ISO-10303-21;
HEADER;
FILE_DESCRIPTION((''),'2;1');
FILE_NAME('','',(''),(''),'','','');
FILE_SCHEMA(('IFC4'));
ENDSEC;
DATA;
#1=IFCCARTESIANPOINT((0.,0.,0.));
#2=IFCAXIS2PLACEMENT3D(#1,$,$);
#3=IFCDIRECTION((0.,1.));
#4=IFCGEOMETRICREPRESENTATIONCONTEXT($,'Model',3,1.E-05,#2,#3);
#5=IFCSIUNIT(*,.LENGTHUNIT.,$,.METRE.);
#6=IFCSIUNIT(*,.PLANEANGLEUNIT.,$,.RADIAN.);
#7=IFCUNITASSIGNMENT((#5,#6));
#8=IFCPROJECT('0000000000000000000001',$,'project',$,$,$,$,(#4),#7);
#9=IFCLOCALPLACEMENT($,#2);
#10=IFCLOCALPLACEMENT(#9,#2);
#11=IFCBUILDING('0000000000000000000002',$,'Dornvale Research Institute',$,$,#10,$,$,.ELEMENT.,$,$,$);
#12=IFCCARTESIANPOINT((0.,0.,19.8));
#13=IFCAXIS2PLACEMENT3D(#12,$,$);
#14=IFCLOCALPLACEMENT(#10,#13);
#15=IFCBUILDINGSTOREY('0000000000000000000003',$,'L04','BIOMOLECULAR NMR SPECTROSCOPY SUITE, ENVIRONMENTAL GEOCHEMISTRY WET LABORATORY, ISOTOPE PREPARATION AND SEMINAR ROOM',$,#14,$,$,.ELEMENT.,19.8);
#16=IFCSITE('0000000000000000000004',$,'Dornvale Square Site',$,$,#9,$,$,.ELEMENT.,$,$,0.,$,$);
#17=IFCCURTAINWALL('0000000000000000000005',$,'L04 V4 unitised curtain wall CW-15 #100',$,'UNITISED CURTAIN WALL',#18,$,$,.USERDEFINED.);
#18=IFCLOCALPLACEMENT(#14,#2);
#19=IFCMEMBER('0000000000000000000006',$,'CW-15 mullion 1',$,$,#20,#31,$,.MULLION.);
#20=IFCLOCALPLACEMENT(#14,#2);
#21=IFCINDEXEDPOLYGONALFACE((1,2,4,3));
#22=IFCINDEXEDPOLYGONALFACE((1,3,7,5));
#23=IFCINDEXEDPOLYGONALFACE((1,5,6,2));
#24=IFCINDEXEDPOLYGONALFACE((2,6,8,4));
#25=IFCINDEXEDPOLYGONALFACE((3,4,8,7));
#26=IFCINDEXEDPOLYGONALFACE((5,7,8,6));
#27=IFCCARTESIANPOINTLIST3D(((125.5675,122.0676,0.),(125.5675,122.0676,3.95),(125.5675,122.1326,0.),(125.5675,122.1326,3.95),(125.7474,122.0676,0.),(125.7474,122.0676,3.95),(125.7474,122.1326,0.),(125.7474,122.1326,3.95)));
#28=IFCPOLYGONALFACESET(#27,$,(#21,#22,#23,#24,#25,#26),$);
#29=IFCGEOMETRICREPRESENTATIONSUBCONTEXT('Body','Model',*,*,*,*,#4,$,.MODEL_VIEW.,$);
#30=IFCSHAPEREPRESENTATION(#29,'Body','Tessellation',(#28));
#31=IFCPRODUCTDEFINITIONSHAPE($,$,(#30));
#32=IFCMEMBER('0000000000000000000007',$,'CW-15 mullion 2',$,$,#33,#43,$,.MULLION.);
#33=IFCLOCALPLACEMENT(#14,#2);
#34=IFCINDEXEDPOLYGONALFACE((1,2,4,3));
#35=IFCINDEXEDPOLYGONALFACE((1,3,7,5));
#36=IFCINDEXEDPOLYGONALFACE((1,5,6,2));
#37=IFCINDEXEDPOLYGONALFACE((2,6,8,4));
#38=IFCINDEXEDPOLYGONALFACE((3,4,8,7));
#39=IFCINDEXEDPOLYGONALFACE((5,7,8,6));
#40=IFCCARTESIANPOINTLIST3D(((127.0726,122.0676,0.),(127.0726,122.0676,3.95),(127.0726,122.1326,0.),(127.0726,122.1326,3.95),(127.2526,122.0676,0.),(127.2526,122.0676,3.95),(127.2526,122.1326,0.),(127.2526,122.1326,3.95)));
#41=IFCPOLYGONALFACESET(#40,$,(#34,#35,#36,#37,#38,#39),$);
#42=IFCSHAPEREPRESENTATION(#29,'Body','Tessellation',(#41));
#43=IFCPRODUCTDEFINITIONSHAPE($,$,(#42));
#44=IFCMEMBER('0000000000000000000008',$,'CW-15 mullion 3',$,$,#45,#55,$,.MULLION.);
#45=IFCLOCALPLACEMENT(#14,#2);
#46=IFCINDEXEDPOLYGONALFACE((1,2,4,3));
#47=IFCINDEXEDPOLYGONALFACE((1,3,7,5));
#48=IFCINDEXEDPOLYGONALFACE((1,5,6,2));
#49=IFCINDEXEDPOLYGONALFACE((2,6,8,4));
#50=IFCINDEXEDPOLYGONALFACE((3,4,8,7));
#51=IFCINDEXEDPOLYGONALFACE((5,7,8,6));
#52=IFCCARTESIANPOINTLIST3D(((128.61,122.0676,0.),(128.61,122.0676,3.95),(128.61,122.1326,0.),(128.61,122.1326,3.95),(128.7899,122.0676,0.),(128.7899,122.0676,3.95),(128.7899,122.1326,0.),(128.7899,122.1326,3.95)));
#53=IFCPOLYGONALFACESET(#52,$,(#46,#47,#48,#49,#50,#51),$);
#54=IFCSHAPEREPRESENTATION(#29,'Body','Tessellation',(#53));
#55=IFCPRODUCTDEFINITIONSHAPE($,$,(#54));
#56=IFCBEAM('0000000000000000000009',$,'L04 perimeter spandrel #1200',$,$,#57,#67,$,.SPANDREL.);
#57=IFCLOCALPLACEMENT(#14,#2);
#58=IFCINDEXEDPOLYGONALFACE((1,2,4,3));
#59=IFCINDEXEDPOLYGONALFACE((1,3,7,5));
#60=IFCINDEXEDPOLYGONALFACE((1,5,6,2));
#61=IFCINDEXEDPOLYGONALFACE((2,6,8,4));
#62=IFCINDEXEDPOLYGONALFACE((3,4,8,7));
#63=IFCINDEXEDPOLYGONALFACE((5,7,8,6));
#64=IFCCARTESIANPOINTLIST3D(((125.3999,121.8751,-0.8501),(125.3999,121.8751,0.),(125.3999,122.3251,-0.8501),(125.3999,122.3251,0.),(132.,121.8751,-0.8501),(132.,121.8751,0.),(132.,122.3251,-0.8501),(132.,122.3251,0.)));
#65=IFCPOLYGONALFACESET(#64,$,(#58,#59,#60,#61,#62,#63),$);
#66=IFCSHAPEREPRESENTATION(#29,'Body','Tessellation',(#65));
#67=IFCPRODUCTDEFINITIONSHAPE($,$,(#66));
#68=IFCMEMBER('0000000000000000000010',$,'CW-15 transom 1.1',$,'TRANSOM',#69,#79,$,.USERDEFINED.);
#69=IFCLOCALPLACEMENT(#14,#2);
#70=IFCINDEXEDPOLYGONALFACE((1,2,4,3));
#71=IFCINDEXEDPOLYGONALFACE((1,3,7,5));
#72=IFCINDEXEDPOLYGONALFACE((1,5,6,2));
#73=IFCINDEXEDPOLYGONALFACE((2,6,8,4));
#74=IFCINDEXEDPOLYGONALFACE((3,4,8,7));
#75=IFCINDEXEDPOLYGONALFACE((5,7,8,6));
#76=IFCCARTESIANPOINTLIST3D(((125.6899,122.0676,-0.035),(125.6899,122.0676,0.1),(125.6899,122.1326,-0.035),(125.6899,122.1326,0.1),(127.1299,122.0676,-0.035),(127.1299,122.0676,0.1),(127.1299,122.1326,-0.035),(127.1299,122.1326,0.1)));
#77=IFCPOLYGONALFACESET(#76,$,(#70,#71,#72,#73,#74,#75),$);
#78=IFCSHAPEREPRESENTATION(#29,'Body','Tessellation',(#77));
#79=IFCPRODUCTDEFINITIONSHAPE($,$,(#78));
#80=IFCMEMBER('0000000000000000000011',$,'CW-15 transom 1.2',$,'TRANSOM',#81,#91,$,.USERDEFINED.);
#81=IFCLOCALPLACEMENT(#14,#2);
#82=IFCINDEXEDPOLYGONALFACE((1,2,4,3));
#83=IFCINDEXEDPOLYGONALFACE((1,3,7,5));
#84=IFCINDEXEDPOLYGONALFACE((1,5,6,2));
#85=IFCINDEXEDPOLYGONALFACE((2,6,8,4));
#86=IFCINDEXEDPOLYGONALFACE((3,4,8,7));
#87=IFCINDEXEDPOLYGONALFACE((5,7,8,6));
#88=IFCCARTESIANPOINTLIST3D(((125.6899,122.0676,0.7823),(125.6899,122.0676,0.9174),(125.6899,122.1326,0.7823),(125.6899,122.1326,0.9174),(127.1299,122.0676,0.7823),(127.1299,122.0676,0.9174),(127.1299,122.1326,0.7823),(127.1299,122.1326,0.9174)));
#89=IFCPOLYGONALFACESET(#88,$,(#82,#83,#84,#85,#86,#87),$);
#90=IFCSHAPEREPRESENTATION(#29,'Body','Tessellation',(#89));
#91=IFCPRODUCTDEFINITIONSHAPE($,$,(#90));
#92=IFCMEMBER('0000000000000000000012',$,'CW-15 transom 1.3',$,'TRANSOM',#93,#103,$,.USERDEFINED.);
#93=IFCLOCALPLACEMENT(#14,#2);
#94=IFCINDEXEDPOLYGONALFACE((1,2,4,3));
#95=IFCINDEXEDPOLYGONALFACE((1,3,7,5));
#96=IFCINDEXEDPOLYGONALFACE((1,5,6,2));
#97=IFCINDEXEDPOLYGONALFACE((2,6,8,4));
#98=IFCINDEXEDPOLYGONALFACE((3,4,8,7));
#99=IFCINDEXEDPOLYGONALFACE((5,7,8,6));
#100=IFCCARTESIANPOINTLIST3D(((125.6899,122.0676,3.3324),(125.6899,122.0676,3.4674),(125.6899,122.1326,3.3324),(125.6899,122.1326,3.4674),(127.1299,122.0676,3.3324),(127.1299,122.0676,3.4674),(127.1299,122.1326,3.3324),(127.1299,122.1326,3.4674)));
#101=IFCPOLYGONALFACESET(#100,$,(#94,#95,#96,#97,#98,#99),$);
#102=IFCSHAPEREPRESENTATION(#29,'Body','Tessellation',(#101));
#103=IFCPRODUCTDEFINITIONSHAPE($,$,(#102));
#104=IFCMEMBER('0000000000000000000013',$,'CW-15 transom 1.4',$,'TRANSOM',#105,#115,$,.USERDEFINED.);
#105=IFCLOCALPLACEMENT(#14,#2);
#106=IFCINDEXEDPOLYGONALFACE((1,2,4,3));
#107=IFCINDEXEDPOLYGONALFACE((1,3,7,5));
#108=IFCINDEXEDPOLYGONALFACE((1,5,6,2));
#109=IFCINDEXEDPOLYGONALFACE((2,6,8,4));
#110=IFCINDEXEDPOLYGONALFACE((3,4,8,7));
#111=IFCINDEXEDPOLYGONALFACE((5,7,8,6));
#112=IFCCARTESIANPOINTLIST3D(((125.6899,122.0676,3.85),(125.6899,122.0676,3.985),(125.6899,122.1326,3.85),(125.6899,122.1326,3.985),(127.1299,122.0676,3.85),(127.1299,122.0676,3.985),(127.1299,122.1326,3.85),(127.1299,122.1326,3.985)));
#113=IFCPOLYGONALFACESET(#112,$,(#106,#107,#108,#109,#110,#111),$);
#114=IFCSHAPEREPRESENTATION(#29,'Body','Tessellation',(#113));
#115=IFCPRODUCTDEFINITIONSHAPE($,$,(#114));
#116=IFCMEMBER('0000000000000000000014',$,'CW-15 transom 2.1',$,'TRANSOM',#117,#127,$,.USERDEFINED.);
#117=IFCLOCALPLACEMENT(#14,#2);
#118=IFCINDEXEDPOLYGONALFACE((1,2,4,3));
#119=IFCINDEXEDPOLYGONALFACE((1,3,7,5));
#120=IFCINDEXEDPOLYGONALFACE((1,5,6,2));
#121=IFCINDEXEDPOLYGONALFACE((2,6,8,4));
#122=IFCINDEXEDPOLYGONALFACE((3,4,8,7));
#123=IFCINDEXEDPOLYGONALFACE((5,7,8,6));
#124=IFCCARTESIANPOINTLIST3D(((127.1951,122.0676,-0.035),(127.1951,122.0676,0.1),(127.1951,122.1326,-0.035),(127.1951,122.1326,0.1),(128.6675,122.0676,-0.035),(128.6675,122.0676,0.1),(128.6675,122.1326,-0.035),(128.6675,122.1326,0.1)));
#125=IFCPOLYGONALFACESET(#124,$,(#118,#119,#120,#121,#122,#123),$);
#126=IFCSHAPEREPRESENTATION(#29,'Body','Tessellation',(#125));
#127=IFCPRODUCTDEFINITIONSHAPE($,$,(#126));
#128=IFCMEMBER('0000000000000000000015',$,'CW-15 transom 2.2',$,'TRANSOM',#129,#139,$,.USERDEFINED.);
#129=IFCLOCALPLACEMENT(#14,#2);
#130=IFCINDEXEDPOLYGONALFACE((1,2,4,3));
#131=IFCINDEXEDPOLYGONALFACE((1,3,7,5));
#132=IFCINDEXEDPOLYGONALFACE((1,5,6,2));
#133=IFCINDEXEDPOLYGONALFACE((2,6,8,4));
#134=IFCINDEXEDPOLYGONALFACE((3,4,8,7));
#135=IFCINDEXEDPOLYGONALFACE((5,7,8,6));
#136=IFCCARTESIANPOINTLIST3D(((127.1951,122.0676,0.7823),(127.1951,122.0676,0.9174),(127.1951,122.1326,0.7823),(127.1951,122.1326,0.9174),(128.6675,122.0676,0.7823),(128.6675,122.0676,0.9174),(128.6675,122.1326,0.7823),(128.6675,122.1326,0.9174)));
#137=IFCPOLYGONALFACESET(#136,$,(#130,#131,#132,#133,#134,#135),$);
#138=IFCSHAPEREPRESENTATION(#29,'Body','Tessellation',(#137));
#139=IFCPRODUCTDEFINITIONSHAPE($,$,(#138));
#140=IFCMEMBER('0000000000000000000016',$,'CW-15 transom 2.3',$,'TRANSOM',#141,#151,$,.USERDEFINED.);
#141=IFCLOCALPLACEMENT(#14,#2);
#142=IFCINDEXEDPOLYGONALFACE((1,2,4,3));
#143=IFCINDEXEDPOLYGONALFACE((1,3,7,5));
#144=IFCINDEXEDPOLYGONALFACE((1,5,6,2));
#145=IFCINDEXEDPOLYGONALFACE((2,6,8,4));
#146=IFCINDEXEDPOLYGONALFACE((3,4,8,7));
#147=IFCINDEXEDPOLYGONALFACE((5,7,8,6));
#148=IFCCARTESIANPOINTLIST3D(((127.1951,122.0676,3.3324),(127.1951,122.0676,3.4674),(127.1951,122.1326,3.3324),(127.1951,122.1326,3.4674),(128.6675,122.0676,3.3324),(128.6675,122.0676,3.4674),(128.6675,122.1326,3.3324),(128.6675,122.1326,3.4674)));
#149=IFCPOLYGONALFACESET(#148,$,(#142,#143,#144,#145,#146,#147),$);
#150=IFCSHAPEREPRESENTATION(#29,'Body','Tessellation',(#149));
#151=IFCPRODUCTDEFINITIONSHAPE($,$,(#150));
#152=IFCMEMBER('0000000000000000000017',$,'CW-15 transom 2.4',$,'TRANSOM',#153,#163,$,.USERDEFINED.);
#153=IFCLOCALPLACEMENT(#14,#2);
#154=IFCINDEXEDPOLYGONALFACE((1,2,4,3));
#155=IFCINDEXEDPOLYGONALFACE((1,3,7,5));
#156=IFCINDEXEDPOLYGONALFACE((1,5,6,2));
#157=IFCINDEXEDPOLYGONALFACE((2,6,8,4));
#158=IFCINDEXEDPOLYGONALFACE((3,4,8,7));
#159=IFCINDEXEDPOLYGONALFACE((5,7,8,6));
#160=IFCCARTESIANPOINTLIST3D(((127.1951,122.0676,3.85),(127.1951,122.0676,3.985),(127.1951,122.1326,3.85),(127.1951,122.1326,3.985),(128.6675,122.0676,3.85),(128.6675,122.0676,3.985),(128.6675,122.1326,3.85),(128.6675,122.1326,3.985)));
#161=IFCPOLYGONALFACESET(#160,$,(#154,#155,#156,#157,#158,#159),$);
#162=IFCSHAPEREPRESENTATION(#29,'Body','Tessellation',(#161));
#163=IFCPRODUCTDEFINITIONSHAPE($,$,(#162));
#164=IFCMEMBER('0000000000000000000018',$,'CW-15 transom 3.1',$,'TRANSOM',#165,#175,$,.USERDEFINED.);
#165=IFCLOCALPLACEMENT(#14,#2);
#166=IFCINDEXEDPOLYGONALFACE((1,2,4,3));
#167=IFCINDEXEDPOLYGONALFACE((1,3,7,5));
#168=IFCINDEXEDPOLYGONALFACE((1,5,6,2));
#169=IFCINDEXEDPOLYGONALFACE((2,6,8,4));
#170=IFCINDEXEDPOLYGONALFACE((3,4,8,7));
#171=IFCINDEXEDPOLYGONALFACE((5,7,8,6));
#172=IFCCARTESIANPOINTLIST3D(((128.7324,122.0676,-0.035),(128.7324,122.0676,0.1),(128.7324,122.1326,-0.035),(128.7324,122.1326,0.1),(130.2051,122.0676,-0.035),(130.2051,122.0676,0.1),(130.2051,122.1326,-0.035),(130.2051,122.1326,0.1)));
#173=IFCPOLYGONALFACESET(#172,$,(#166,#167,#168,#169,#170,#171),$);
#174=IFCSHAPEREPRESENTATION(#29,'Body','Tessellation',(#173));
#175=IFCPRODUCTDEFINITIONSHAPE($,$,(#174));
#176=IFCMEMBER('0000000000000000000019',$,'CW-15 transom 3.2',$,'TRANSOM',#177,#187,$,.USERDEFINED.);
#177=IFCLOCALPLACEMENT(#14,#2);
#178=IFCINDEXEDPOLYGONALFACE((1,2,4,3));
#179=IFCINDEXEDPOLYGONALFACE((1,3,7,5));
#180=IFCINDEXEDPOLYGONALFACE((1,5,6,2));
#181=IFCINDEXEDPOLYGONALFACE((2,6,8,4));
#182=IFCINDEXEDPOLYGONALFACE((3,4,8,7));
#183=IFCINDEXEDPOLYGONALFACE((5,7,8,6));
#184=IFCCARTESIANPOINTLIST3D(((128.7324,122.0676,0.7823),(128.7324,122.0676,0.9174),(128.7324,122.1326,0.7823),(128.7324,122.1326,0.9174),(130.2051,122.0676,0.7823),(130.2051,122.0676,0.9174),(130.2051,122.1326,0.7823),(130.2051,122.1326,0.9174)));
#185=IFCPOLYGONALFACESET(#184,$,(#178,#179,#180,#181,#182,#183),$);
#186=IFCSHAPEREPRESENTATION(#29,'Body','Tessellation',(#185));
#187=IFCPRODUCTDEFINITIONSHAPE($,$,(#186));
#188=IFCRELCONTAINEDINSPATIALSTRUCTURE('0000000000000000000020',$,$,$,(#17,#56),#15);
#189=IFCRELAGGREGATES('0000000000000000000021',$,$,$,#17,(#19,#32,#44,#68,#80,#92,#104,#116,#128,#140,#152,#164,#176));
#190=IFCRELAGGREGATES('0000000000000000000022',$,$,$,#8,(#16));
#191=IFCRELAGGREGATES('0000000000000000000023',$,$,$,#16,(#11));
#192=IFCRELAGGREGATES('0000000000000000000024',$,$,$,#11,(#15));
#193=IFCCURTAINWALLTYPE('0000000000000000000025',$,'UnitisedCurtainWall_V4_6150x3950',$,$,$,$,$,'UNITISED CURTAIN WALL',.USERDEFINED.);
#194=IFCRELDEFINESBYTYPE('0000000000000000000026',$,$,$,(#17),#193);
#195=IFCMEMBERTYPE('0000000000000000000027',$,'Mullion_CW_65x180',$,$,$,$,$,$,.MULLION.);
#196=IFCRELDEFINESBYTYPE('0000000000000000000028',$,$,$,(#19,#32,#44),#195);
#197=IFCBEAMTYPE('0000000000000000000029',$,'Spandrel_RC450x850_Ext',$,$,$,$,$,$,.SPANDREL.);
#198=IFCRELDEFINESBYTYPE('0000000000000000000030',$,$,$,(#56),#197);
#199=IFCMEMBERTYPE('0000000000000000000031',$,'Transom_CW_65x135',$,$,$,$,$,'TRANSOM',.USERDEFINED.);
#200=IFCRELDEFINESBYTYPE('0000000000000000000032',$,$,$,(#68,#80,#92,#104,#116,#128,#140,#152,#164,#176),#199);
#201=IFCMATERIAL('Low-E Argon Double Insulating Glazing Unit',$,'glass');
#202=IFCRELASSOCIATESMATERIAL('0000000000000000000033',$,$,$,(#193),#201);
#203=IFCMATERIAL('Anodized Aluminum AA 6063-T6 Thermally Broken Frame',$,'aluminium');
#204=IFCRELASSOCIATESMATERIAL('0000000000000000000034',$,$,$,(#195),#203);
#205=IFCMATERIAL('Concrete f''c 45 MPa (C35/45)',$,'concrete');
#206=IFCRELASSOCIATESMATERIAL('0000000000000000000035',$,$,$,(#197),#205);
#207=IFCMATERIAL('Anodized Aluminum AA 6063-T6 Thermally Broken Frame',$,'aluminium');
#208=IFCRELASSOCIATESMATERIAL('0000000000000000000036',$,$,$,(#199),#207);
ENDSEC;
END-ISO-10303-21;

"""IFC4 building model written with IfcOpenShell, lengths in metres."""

from ifc_helpers import new_model, si_unit, direction, frame, origin, origin_2d, place, context, subcontext, project, spatial, rectangle, extrude, material, material_profile, profile_set, type_object, element, aggregate, save


model = new_model("IFC4")

# Units and contexts
model_context = context("Model", 3, precision=1e-05, world=origin(), true_north=direction((0.0, 1.0)))
body_context = subcontext(model_context, "Body", "Model", "MODEL_VIEW")
ifc_project = project(units=[si_unit("LENGTHUNIT", "METRE"), si_unit("PLANEANGLEUNIT", "RADIAN")], contexts=[model_context])

# Site, building, storey
site_placement = place(None, origin())
site = spatial("IfcSite", under=ifc_project, at=site_placement, Name="Dornvale Square Site", CompositionType="ELEMENT", RefElevation=0.0)
building_placement = place(site_placement, origin())
building = spatial("IfcBuilding", under=site, at=building_placement, Name="Dornvale Research Institute", CompositionType="ELEMENT")
storey_placement = place(building_placement, frame((0.0, 0.0, 19.8)))
storey = spatial("IfcBuildingStorey", under=building, at=storey_placement, Name="L04", Description="BIOMOLECULAR NMR SPECTROSCOPY SUITE, ENVIRONMENTAL GEOCHEMISTRY WET LABORATORY, ISOTOPE PREPARATION AND SEMINAR ROOM", CompositionType="ELEMENT", Elevation=19.8)

# Curtain wall, members
ifc_material_1 = material(Name="Low-E Argon Double Insulating Glazing Unit", Category="glass")
curtain_wall_type = type_object("IfcCurtainWallType", Name="UnitisedCurtainWall_V4_6150x3950", ElementType="UNITISED CURTAIN WALL", PredefinedType="USERDEFINED", material=ifc_material_1)
curtain_wall_placement = place(storey_placement, origin())
curtain_wall = element("IfcCurtainWall", 1, at=curtain_wall_placement, inside=storey, type_object=curtain_wall_type, Name="L04 V4 unitised curtain wall CW-15 #100", ObjectType="UNITISED CURTAIN WALL", PredefinedType="USERDEFINED")
ifc_material_2 = material(Name="Anodized Aluminum AA 6063-T6 Thermally Broken Frame", Category="aluminium")
ifc_material_profile_1 = material_profile(ifc_material_2, rectangle(XDim=0.0649, YDim=0.1799, at=origin_2d()), Name="ALU MULLION 65x180")
ifc_profile_set_1 = profile_set([ifc_material_profile_1], Name="Anodized Aluminum AA 6063-T6 Thermally Broken Frame")
member_type_1 = type_object("IfcMemberType", Name="Mullion_CW_65x180", PredefinedType="MULLION", material=ifc_profile_set_1)
member_1_placement = place(storey_placement, frame((125.6575, 122.1001, 0.0), z_axis=(0.0, 0.0, 1.0), x_axis=(0.0, 1.0, 0.0)))
member_1 = element("IfcMember", 2, at=member_1_placement, type_object=member_type_1, Name="CW-15 mullion 1", PredefinedType="MULLION", context=body_context, shape_type="SweptSolid", body=[
    extrude(rectangle(XDim=0.0649, YDim=0.1799, at=origin_2d()), origin(), (0.0, 0.0, 1.0), 3.95),
])
member_2_placement = place(storey_placement, frame((127.1626, 122.1001, 0.0), z_axis=(0.0, 0.0, 1.0), x_axis=(0.0, 1.0, 0.0)))
member_2 = element("IfcMember", 3, at=member_2_placement, type_object=member_type_1, Name="CW-15 mullion 2", PredefinedType="MULLION", context=body_context, shape_type="SweptSolid", body=[
    extrude(rectangle(XDim=0.0649, YDim=0.1799, at=origin_2d()), origin(), (0.0, 0.0, 1.0), 3.95),
])
member_3_placement = place(storey_placement, frame((128.7, 122.1001, 0.0), z_axis=(0.0, 0.0, 1.0), x_axis=(0.0, 1.0, 0.0)))
member_3 = element("IfcMember", 4, at=member_3_placement, type_object=member_type_1, Name="CW-15 mullion 3", PredefinedType="MULLION", context=body_context, shape_type="SweptSolid", body=[
    extrude(rectangle(XDim=0.0649, YDim=0.1799, at=origin_2d()), origin(), (0.0, 0.0, 1.0), 3.95),
])

# Beam
ifc_material_3 = material(Name="Concrete f'c 45 MPa (C35/45)", Category="concrete")
ifc_material_profile_2 = material_profile(ifc_material_3, rectangle(XDim=0.45, YDim=0.8501, at=origin_2d()), Name="RC 450x850")
ifc_profile_set_2 = profile_set([ifc_material_profile_2], Name="Concrete f'c 45 MPa (C35/45)")
beam_type = type_object("IfcBeamType", Name="Spandrel_RC450x850_Ext", PredefinedType="SPANDREL", material=ifc_profile_set_2)
beam_placement = place(storey_placement, frame((125.3999, 122.1001, -0.425), z_axis=(1.0, 0.0, 0.0), x_axis=(0.0, 1.0, 0.0)))
element("IfcBeam", 5, at=beam_placement, inside=storey, type_object=beam_type, Name="L04 perimeter spandrel #1200", PredefinedType="SPANDREL", context=body_context, shape_type="SweptSolid", body=[
    extrude(rectangle(XDim=0.45, YDim=0.8501, at=origin_2d()), origin(), (0.0, 0.0, 1.0), 6.6001),
])

# Members
ifc_material_4 = material(Name="Anodized Aluminum AA 6063-T6 Thermally Broken Frame", Category="aluminium")
ifc_material_profile_3 = material_profile(ifc_material_4, rectangle(XDim=0.0649, YDim=0.135, at=origin_2d()), Name="ALU TRANSOM 65x135")
ifc_profile_set_3 = profile_set([ifc_material_profile_3], Name="Anodized Aluminum AA 6063-T6 Thermally Broken Frame")
member_type_2 = type_object("IfcMemberType", Name="Transom_CW_65x135", ElementType="TRANSOM", PredefinedType="USERDEFINED", material=ifc_profile_set_3)
member_4_placement = place(storey_placement, frame((125.6899, 122.1001, 0.0325), z_axis=(1.0, 0.0, 0.0), x_axis=(0.0, 1.0, 0.0)))
member_4 = element("IfcMember", 6, at=member_4_placement, type_object=member_type_2, Name="CW-15 transom 1.1", ObjectType="TRANSOM", PredefinedType="USERDEFINED", context=body_context, shape_type="SweptSolid", body=[
    extrude(rectangle(XDim=0.0649, YDim=0.135, at=origin_2d()), origin(), (0.0, 0.0, 1.0), 1.4399),
])
member_5_placement = place(storey_placement, frame((125.6899, 122.1001, 0.8499), z_axis=(1.0, 0.0, 0.0), x_axis=(0.0, 1.0, 0.0)))
member_5 = element("IfcMember", 7, at=member_5_placement, type_object=member_type_2, Name="CW-15 transom 1.2", ObjectType="TRANSOM", PredefinedType="USERDEFINED", context=body_context, shape_type="SweptSolid", body=[
    extrude(rectangle(XDim=0.0649, YDim=0.135, at=origin_2d()), origin(), (0.0, 0.0, 1.0), 1.4399),
])
member_6_placement = place(storey_placement, frame((125.6899, 122.1001, 3.3999), z_axis=(1.0, 0.0, 0.0), x_axis=(0.0, 1.0, 0.0)))
member_6 = element("IfcMember", 8, at=member_6_placement, type_object=member_type_2, Name="CW-15 transom 1.3", ObjectType="TRANSOM", PredefinedType="USERDEFINED", context=body_context, shape_type="SweptSolid", body=[
    extrude(rectangle(XDim=0.0649, YDim=0.135, at=origin_2d()), origin(), (0.0, 0.0, 1.0), 1.4399),
])
member_7_placement = place(storey_placement, frame((125.6899, 122.1001, 3.9175), z_axis=(1.0, 0.0, 0.0), x_axis=(0.0, 1.0, 0.0)))
member_7 = element("IfcMember", 9, at=member_7_placement, type_object=member_type_2, Name="CW-15 transom 1.4", ObjectType="TRANSOM", PredefinedType="USERDEFINED", context=body_context, shape_type="SweptSolid", body=[
    extrude(rectangle(XDim=0.0649, YDim=0.135, at=origin_2d()), origin(), (0.0, 0.0, 1.0), 1.4399),
])
member_8_placement = place(storey_placement, frame((127.1951, 122.1001, 0.0325), z_axis=(1.0, 0.0, 0.0), x_axis=(0.0, 1.0, 0.0)))
member_8 = element("IfcMember", 10, at=member_8_placement, type_object=member_type_2, Name="CW-15 transom 2.1", ObjectType="TRANSOM", PredefinedType="USERDEFINED", context=body_context, shape_type="SweptSolid", body=[
    extrude(rectangle(XDim=0.0649, YDim=0.135, at=origin_2d()), origin(), (0.0, 0.0, 1.0), 1.4724),
])
member_9_placement = place(storey_placement, frame((127.1951, 122.1001, 0.8499), z_axis=(1.0, 0.0, 0.0), x_axis=(0.0, 1.0, 0.0)))
member_9 = element("IfcMember", 11, at=member_9_placement, type_object=member_type_2, Name="CW-15 transom 2.2", ObjectType="TRANSOM", PredefinedType="USERDEFINED", context=body_context, shape_type="SweptSolid", body=[
    extrude(rectangle(XDim=0.0649, YDim=0.135, at=origin_2d()), origin(), (0.0, 0.0, 1.0), 1.4724),
])
member_10_placement = place(storey_placement, frame((127.1951, 122.1001, 3.3999), z_axis=(1.0, 0.0, 0.0), x_axis=(0.0, 1.0, 0.0)))
member_10 = element("IfcMember", 12, at=member_10_placement, type_object=member_type_2, Name="CW-15 transom 2.3", ObjectType="TRANSOM", PredefinedType="USERDEFINED", context=body_context, shape_type="SweptSolid", body=[
    extrude(rectangle(XDim=0.0649, YDim=0.135, at=origin_2d()), origin(), (0.0, 0.0, 1.0), 1.4724),
])
member_11_placement = place(storey_placement, frame((127.1951, 122.1001, 3.9175), z_axis=(1.0, 0.0, 0.0), x_axis=(0.0, 1.0, 0.0)))
member_11 = element("IfcMember", 13, at=member_11_placement, type_object=member_type_2, Name="CW-15 transom 2.4", ObjectType="TRANSOM", PredefinedType="USERDEFINED", context=body_context, shape_type="SweptSolid", body=[
    extrude(rectangle(XDim=0.0649, YDim=0.135, at=origin_2d()), origin(), (0.0, 0.0, 1.0), 1.4724),
])
member_12_placement = place(storey_placement, frame((128.7324, 122.1001, 0.0325), z_axis=(1.0, 0.0, 0.0), x_axis=(0.0, 1.0, 0.0)))
member_12 = element("IfcMember", 14, at=member_12_placement, type_object=member_type_2, Name="CW-15 transom 3.1", ObjectType="TRANSOM", PredefinedType="USERDEFINED", context=body_context, shape_type="SweptSolid", body=[
    extrude(rectangle(XDim=0.0649, YDim=0.135, at=origin_2d()), origin(), (0.0, 0.0, 1.0), 1.4727),
])
member_13_placement = place(storey_placement, frame((128.7324, 122.1001, 0.8499), z_axis=(1.0, 0.0, 0.0), x_axis=(0.0, 1.0, 0.0)))
member_13 = element("IfcMember", 15, at=member_13_placement, type_object=member_type_2, Name="CW-15 transom 3.2", ObjectType="TRANSOM", PredefinedType="USERDEFINED", context=body_context, shape_type="SweptSolid", body=[
    extrude(rectangle(XDim=0.0649, YDim=0.135, at=origin_2d()), origin(), (0.0, 0.0, 1.0), 1.4727),
])

aggregate(curtain_wall, [member_1, member_2, member_3, member_4, member_5, member_6, member_7, member_8, member_9, member_10, member_11, member_12, member_13])

save(model, "model.ifc")
